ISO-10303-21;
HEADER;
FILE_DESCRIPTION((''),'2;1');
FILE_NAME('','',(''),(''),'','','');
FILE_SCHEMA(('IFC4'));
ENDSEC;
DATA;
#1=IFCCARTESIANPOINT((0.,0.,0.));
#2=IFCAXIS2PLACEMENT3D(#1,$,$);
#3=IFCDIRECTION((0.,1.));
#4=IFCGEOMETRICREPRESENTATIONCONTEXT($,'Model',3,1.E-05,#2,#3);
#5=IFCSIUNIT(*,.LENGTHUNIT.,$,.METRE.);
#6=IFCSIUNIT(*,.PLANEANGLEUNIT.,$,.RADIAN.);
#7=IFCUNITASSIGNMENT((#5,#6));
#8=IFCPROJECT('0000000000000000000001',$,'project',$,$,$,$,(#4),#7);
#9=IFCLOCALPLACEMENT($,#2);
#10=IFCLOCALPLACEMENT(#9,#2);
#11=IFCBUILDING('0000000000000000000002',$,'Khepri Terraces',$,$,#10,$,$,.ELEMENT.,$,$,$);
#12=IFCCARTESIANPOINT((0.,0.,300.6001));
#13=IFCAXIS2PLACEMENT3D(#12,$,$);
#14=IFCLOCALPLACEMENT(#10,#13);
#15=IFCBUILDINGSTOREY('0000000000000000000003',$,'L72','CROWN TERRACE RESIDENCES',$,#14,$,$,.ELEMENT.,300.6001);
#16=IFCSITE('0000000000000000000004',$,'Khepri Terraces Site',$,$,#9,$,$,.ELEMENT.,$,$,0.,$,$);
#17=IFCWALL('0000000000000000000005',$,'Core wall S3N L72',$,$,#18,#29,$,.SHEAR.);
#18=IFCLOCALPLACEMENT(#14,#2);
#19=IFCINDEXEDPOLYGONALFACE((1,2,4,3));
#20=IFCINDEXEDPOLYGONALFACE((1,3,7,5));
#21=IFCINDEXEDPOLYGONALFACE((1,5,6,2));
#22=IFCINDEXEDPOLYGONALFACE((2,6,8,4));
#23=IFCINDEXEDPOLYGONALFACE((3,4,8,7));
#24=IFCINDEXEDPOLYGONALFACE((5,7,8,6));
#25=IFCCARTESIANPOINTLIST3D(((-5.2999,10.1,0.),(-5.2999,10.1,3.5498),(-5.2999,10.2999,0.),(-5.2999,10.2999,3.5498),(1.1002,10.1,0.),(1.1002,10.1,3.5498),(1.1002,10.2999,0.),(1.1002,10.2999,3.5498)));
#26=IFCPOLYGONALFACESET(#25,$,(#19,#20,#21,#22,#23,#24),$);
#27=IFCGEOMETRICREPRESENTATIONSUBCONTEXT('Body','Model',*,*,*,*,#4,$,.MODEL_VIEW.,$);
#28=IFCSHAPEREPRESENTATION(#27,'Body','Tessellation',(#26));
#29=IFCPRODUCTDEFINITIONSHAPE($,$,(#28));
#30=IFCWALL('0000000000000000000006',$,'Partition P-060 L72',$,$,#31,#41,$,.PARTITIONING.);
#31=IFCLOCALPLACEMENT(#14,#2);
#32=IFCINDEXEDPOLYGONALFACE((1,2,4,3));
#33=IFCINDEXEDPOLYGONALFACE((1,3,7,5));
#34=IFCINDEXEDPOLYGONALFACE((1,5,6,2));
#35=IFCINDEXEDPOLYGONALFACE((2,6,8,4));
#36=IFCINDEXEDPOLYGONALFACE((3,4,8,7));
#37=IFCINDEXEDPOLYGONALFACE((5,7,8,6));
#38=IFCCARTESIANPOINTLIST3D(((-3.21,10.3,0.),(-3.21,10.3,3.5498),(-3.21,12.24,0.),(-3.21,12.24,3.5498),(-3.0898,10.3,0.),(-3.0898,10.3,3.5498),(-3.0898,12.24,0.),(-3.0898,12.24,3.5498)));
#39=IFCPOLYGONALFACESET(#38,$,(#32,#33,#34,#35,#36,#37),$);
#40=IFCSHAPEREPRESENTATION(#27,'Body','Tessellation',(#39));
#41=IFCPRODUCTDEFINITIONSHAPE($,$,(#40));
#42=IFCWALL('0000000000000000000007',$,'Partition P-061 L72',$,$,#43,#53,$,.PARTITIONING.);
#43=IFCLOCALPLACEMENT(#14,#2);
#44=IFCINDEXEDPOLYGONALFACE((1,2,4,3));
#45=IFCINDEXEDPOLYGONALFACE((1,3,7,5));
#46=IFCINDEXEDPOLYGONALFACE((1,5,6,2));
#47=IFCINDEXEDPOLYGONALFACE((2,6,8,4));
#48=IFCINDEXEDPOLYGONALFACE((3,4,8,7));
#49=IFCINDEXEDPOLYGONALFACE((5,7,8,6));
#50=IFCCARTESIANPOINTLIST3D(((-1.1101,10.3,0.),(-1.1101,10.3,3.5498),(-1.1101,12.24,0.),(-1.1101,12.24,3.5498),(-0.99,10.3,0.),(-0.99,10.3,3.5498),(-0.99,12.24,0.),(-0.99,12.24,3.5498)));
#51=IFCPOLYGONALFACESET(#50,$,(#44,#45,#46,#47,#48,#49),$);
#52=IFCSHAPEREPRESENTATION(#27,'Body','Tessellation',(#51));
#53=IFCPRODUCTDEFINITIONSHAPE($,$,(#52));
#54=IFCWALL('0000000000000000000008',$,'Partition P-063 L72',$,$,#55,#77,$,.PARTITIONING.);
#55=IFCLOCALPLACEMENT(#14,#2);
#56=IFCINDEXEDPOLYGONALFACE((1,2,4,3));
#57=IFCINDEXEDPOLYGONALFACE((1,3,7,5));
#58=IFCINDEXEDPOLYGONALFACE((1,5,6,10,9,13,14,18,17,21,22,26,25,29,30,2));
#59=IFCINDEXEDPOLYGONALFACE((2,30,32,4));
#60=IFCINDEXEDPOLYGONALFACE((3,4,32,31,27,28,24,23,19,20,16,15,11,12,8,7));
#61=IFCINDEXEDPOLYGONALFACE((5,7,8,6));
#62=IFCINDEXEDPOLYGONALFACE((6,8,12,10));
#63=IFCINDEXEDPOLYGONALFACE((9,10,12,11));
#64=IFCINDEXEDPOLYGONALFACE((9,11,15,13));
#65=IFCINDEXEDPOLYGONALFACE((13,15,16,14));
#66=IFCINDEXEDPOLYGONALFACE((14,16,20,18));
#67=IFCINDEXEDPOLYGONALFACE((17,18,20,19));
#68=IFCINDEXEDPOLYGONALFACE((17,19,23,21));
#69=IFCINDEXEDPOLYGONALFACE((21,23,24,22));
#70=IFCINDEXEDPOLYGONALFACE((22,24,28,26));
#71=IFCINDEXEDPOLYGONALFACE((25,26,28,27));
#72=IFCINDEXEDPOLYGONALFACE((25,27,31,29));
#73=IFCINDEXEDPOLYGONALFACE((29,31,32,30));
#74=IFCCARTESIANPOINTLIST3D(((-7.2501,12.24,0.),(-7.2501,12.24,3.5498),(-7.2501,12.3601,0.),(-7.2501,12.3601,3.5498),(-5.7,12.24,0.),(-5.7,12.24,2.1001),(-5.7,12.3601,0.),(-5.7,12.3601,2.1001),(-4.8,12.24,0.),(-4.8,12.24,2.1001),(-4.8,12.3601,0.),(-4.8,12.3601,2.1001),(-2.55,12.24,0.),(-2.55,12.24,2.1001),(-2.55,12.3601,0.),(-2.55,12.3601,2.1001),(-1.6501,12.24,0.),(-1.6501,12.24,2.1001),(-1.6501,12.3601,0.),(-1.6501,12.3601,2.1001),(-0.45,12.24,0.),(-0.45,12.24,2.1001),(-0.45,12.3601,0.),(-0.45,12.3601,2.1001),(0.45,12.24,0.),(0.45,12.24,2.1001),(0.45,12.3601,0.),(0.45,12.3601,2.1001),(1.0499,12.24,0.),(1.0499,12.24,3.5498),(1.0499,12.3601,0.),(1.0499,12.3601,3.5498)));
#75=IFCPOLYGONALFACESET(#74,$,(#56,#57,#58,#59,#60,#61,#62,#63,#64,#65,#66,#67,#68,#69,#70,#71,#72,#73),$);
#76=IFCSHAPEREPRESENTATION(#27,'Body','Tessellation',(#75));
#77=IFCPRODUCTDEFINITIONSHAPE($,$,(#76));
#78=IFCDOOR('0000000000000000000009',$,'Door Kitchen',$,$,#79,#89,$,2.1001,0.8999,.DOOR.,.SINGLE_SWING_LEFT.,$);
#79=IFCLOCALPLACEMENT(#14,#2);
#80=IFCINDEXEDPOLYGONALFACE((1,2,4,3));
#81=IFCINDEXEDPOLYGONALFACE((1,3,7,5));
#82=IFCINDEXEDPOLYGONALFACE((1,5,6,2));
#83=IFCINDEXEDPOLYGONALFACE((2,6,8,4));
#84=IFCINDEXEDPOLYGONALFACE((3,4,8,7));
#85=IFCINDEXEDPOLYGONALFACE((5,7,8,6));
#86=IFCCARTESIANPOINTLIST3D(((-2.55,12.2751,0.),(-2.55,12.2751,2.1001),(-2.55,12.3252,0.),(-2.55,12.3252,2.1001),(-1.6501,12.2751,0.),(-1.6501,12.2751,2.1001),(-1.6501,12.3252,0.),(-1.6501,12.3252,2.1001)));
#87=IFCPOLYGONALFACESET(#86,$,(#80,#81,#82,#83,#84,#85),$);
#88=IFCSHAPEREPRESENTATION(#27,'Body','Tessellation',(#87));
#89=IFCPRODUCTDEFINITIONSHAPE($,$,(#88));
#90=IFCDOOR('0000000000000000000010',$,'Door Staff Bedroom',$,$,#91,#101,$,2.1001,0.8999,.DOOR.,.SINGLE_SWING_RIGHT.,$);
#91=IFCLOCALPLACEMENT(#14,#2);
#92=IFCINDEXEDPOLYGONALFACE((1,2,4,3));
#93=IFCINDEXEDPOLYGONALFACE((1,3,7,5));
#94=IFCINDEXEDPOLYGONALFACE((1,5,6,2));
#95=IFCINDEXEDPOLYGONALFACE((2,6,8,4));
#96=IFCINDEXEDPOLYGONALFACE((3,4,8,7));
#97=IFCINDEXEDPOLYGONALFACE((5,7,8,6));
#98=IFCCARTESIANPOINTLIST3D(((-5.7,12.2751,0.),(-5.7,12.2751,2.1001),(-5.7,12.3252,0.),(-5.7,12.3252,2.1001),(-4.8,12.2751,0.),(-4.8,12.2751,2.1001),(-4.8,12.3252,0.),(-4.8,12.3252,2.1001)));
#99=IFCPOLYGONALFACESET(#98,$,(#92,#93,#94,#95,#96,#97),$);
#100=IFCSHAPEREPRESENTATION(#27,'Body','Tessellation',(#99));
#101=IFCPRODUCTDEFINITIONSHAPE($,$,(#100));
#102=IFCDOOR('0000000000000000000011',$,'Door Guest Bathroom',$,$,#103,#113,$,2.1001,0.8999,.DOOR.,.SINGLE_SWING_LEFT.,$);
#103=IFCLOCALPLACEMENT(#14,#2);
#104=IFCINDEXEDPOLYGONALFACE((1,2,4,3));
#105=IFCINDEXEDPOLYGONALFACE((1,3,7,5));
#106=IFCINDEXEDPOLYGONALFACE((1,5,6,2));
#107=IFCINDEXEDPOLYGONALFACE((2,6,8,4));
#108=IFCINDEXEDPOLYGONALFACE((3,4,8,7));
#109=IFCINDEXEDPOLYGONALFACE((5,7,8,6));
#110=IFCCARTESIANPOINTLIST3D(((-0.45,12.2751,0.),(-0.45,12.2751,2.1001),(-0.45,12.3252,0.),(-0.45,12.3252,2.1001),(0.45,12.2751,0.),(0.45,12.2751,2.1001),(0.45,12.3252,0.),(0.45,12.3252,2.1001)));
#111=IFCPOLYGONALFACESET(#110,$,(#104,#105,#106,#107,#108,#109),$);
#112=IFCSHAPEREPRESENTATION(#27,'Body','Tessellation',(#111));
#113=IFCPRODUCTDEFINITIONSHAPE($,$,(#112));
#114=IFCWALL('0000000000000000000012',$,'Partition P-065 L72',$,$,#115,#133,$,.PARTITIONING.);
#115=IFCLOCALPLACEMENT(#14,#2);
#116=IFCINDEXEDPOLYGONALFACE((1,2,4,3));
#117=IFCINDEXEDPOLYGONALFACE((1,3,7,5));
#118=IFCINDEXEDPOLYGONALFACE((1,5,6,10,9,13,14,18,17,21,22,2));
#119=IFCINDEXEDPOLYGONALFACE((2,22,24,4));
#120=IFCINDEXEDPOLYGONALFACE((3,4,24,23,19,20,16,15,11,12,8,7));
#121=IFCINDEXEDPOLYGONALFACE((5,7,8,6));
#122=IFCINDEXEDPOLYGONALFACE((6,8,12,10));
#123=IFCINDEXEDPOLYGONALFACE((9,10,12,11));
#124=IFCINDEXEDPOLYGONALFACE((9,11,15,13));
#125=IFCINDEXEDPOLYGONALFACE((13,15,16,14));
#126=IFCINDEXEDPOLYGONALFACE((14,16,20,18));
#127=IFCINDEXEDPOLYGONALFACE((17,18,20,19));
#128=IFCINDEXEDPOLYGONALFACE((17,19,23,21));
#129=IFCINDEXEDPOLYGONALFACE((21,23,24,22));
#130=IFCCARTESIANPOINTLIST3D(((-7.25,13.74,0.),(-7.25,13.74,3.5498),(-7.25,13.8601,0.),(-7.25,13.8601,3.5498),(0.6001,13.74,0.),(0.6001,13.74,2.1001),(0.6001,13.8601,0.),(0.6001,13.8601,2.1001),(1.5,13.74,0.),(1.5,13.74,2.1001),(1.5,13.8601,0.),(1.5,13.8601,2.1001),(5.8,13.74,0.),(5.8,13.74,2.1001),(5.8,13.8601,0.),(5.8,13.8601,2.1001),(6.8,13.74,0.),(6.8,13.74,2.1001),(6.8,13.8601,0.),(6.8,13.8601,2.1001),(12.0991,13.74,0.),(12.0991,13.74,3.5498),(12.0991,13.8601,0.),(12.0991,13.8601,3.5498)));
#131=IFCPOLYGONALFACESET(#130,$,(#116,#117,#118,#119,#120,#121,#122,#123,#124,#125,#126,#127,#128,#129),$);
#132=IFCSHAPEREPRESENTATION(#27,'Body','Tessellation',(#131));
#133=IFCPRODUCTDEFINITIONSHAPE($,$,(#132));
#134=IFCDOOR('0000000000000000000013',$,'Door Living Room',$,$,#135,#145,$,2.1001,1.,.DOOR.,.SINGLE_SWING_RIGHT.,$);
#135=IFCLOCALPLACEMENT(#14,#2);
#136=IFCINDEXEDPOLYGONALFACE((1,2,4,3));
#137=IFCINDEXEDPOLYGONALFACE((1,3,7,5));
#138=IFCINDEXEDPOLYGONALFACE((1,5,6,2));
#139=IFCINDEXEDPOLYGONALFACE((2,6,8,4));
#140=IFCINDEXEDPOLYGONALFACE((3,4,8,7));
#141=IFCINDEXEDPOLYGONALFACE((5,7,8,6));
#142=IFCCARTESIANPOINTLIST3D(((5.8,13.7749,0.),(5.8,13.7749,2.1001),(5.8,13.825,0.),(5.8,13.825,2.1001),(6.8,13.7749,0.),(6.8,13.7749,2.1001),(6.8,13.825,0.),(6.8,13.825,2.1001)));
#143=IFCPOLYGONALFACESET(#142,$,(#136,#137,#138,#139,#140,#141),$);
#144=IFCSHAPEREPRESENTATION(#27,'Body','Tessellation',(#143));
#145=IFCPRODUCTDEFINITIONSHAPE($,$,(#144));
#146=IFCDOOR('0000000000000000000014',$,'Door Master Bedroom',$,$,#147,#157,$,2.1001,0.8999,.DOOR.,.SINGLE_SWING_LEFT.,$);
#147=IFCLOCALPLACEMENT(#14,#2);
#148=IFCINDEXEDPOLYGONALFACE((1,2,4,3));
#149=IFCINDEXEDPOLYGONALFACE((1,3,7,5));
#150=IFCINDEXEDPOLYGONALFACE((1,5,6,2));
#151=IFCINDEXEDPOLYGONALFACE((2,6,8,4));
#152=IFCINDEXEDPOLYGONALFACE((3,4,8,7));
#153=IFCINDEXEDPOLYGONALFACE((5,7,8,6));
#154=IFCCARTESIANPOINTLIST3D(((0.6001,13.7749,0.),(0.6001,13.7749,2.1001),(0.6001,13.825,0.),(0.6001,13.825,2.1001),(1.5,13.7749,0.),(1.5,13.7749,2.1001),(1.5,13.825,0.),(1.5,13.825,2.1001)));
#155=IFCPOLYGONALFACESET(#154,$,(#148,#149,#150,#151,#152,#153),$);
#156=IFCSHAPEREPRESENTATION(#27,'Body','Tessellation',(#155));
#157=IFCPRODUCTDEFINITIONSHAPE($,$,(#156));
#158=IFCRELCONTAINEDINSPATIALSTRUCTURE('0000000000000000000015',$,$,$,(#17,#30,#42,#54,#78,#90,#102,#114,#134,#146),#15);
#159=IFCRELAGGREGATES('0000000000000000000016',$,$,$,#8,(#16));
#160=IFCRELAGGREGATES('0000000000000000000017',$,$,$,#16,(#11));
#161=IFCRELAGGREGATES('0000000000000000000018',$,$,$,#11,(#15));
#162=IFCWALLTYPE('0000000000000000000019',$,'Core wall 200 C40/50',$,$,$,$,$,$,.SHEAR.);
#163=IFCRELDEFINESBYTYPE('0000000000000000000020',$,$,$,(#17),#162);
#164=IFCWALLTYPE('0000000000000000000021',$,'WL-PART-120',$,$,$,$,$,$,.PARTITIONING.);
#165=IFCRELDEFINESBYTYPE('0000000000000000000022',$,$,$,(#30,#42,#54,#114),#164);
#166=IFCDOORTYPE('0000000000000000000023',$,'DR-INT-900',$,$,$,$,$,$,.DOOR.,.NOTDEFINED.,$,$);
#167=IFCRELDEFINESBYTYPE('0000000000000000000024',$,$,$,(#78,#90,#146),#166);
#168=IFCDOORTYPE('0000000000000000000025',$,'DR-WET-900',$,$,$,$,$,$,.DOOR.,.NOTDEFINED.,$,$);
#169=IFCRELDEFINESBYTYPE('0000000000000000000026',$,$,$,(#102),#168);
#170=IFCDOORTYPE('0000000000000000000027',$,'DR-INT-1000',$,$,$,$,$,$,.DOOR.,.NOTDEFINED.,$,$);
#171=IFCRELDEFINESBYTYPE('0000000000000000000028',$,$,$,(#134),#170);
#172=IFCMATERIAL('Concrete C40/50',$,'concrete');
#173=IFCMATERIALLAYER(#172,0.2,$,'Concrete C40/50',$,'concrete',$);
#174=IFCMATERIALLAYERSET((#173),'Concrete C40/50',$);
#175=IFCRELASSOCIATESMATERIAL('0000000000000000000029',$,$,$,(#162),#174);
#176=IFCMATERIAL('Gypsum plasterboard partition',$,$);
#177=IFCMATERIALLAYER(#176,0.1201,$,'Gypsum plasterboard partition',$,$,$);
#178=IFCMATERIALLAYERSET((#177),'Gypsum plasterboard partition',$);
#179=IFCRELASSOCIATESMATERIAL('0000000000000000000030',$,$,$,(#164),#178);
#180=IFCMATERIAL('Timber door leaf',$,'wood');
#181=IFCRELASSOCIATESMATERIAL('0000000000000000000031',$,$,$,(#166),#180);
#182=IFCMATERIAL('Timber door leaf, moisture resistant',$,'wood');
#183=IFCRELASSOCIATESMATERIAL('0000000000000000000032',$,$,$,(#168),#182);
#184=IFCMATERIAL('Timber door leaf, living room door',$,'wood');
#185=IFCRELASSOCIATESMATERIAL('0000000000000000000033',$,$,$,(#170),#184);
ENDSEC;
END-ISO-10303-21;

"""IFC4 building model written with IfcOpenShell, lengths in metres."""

from ifc_helpers import new_model, si_unit, direction, frame, frame_2d, origin, place, context, subcontext, project, spatial, rectangle, extrude, material, layer, layer_set, type_object, element, fill, save


model = new_model("IFC4")

# Units and contexts
model_context = context("Model", 3, precision=1e-05, world=origin(), true_north=direction((0.0, 1.0)))
body_context = subcontext(model_context, "Body", "Model", "MODEL_VIEW")
ifc_project = project(units=[si_unit("LENGTHUNIT", "METRE"), si_unit("PLANEANGLEUNIT", "RADIAN")], contexts=[model_context])

# Site, building, storey
site_placement = place(None, origin())
site = spatial("IfcSite", under=ifc_project, at=site_placement, Name="Khepri Terraces Site", CompositionType="ELEMENT", RefElevation=0.0)
building_placement = place(site_placement, origin())
building = spatial("IfcBuilding", under=site, at=building_placement, Name="Khepri Terraces", CompositionType="ELEMENT")
storey_placement = place(building_placement, frame((0.0, 0.0, 300.6001)))
storey = spatial("IfcBuildingStorey", under=building, at=storey_placement, Name="L72", Description="CROWN TERRACE RESIDENCES", CompositionType="ELEMENT", Elevation=300.6001)

# Walls
ifc_material_1 = material(Name="Concrete C40/50", Category="concrete")
ifc_layer_1 = layer(ifc_material_1, 0.2, Name="Concrete C40/50", Category="concrete")
ifc_layer_set_1 = layer_set([ifc_layer_1], Name="Concrete C40/50")
wall_type_1 = type_object("IfcWallType", Name="Core wall 200 C40/50", PredefinedType="SHEAR", material=ifc_layer_set_1)
wall_1_placement = place(storey_placement, frame((-5.3, 10.2, 0.0), z_axis=(0.0, 0.0, 1.0), x_axis=(1.0, 0.0, 0.0)))
element("IfcWall", 1, at=wall_1_placement, inside=storey, type_object=wall_type_1, Name="Core wall S3N L72", PredefinedType="SHEAR", context=body_context, shape_type="SweptSolid", body=[
    extrude(rectangle(XDim=6.4001, YDim=0.2, at=frame_2d((3.2002, 0.0))), origin(), (0.0, 0.0, 1.0), 3.5498),
])
ifc_material_2 = material(Name="Gypsum plasterboard partition")
ifc_layer_2 = layer(ifc_material_2, 0.1201, Name="Gypsum plasterboard partition")
ifc_layer_set_2 = layer_set([ifc_layer_2], Name="Gypsum plasterboard partition")
wall_type_2 = type_object("IfcWallType", Name="WL-PART-120", PredefinedType="PARTITIONING", material=ifc_layer_set_2)
for number, where, z_axis, x_axis, name in (
    (2, (-3.1499, 10.3, 0.0), (0.0, 0.0, 1.0), (0.0, 1.0, 0.0), "Partition P-060 L72"),
    (3, (-1.05, 10.3, 0.0), (0.0, 0.0, 1.0), (0.0, 1.0, 0.0), "Partition P-061 L72"),
):
    element("IfcWall", number, at=place(storey_placement, frame(where, z_axis=z_axis, x_axis=x_axis)), inside=storey, type_object=wall_type_2, Name=name, PredefinedType="PARTITIONING", context=body_context, shape_type="SweptSolid", body=[
        extrude(rectangle(XDim=1.9399, YDim=0.1201, at=frame_2d((0.97, 0.0))), origin(), (0.0, 0.0, 1.0), 3.5498),
    ])

# Walls, openings, doors
wall_2_placement = place(storey_placement, frame((-7.25, 12.3, 0.0), z_axis=(0.0, 0.0, 1.0), x_axis=(1.0, 0.0, 0.0)))
wall_2 = element("IfcWall", 4, at=wall_2_placement, inside=storey, type_object=wall_type_2, Name="Partition P-063 L72", PredefinedType="PARTITIONING", context=body_context, shape_type="SweptSolid", body=[
    extrude(rectangle(XDim=8.3, YDim=0.1201, at=frame_2d((4.1499, 0.0))), origin(), (0.0, 0.0, 1.0), 3.5498),
])
opening_1_placement = place(wall_2_placement, frame((6.8, 0.0, 0.0)))
opening_1 = element("IfcOpeningElement", 5, at=opening_1_placement, cuts=wall_2, PredefinedType="OPENING", context=body_context, shape_type="SweptSolid", body=[
    extrude(rectangle(XDim=0.8999, YDim=2.1001, at=frame_2d((0.45, 1.05))), frame((0.0, 0.0701, 0.0), z_axis=(0.0, -1.0, 0.0), x_axis=(1.0, 0.0, 0.0)), (0.0, 0.0, 1.0), 0.1401),
])
opening_2_placement = place(wall_2_placement, frame((4.7, 0.0, 0.0)))
opening_2 = element("IfcOpeningElement", 6, at=opening_2_placement, cuts=wall_2, PredefinedType="OPENING", context=body_context, shape_type="SweptSolid", body=[
    extrude(rectangle(XDim=0.8999, YDim=2.1001, at=frame_2d((0.45, 1.05))), frame((0.0, 0.0701, 0.0), z_axis=(0.0, -1.0, 0.0), x_axis=(1.0, 0.0, 0.0)), (0.0, 0.0, 1.0), 0.1401),
])
opening_3_placement = place(wall_2_placement, frame((1.55, 0.0, 0.0)))
opening_3 = element("IfcOpeningElement", 7, at=opening_3_placement, cuts=wall_2, PredefinedType="OPENING", context=body_context, shape_type="SweptSolid", body=[
    extrude(rectangle(XDim=0.8999, YDim=2.1001, at=frame_2d((0.45, 1.05))), frame((0.0, 0.0701, 0.0), z_axis=(0.0, -1.0, 0.0), x_axis=(1.0, 0.0, 0.0)), (0.0, 0.0, 1.0), 0.1401),
])
ifc_material_3 = material(Name="Timber door leaf", Category="wood")
door_type_1 = type_object("IfcDoorType", Name="DR-INT-900", OperationType="NOTDEFINED", PredefinedType="DOOR", material=ifc_material_3)
door_1_placement = place(opening_2_placement, frame((0.8999, 0.0, 0.0), z_axis=(0.0, 0.0, 1.0), x_axis=(-1.0, 0.0, 0.0)))
door_1 = element("IfcDoor", 8, at=door_1_placement, inside=storey, type_object=door_type_1, Name="Door Kitchen", OperationType="SINGLE_SWING_LEFT", OverallHeight=2.1001, OverallWidth=0.8999, PredefinedType="DOOR", context=body_context, shape_type="SweptSolid", body=[
    extrude(rectangle(XDim=0.8999, YDim=2.1001, at=frame_2d((0.45, 1.05))), frame((0.0, 0.0249, 0.0), z_axis=(0.0, -1.0, 0.0), x_axis=(1.0, 0.0, 0.0)), (0.0, 0.0, 1.0), 0.05),
])
fill(opening_2, door_1)
door_2_placement = place(opening_3_placement, frame((0.8999, 0.0, 0.0), z_axis=(0.0, 0.0, 1.0), x_axis=(-1.0, 0.0, 0.0)))
door_2 = element("IfcDoor", 9, at=door_2_placement, inside=storey, type_object=door_type_1, Name="Door Staff Bedroom", OperationType="SINGLE_SWING_RIGHT", OverallHeight=2.1001, OverallWidth=0.8999, PredefinedType="DOOR", context=body_context, shape_type="SweptSolid", body=[
    extrude(rectangle(XDim=0.8999, YDim=2.1001, at=frame_2d((0.45, 1.05))), frame((0.0, 0.0249, 0.0), z_axis=(0.0, -1.0, 0.0), x_axis=(1.0, 0.0, 0.0)), (0.0, 0.0, 1.0), 0.05),
])
fill(opening_3, door_2)
ifc_material_4 = material(Name="Timber door leaf, moisture resistant", Category="wood")
door_type_2 = type_object("IfcDoorType", Name="DR-WET-900", OperationType="NOTDEFINED", PredefinedType="DOOR", material=ifc_material_4)
door_3_placement = place(opening_1_placement, frame((0.8999, 0.0, 0.0), z_axis=(0.0, 0.0, 1.0), x_axis=(-1.0, 0.0, 0.0)))
door_3 = element("IfcDoor", 10, at=door_3_placement, inside=storey, type_object=door_type_2, Name="Door Guest Bathroom", OperationType="SINGLE_SWING_LEFT", OverallHeight=2.1001, OverallWidth=0.8999, PredefinedType="DOOR", context=body_context, shape_type="SweptSolid", body=[
    extrude(rectangle(XDim=0.8999, YDim=2.1001, at=frame_2d((0.45, 1.05))), frame((0.0, 0.0249, 0.0), z_axis=(0.0, -1.0, 0.0), x_axis=(1.0, 0.0, 0.0)), (0.0, 0.0, 1.0), 0.05),
])
fill(opening_1, door_3)
wall_3_placement = place(storey_placement, frame((-7.25, 13.8, 0.0), z_axis=(0.0, 0.0, 1.0), x_axis=(1.0, 0.0, 0.0)))
wall_3 = element("IfcWall", 11, at=wall_3_placement, inside=storey, type_object=wall_type_2, Name="Partition P-065 L72", PredefinedType="PARTITIONING", context=body_context, shape_type="SweptSolid", body=[
    extrude(rectangle(XDim=19.3491, YDim=0.1201, at=frame_2d((9.6746, 0.0))), origin(), (0.0, 0.0, 1.0), 3.5498),
])
opening_4_placement = place(wall_3_placement, frame((13.05, 0.0, 0.0)))
opening_4 = element("IfcOpeningElement", 12, at=opening_4_placement, cuts=wall_3, PredefinedType="OPENING", context=body_context, shape_type="SweptSolid", body=[
    extrude(rectangle(XDim=1.0, YDim=2.1001, at=frame_2d((0.5, 1.05))), frame((0.0, 0.0701, 0.0), z_axis=(0.0, -1.0, 0.0), x_axis=(1.0, 0.0, 0.0)), (0.0, 0.0, 1.0), 0.1401),
])
opening_5_placement = place(wall_3_placement, frame((7.8501, 0.0, 0.0)))
opening_5 = element("IfcOpeningElement", 13, at=opening_5_placement, cuts=wall_3, PredefinedType="OPENING", context=body_context, shape_type="SweptSolid", body=[
    extrude(rectangle(XDim=0.8999, YDim=2.1001, at=frame_2d((0.45, 1.05))), frame((0.0, 0.0701, 0.0), z_axis=(0.0, -1.0, 0.0), x_axis=(1.0, 0.0, 0.0)), (0.0, 0.0, 1.0), 0.1401),
])
ifc_material_5 = material(Name="Timber door leaf, living room door", Category="wood")
door_type_3 = type_object("IfcDoorType", Name="DR-INT-1000", OperationType="NOTDEFINED", PredefinedType="DOOR", material=ifc_material_5)
door_4_placement = place(opening_4_placement, origin())
door_4 = element("IfcDoor", 14, at=door_4_placement, inside=storey, type_object=door_type_3, Name="Door Living Room", OperationType="SINGLE_SWING_RIGHT", OverallHeight=2.1001, OverallWidth=1.0, PredefinedType="DOOR", context=body_context, shape_type="SweptSolid", body=[
    extrude(rectangle(XDim=1.0, YDim=2.1001, at=frame_2d((0.5, 1.05))), frame((0.0, 0.0249, 0.0), z_axis=(0.0, -1.0, 0.0), x_axis=(1.0, 0.0, 0.0)), (0.0, 0.0, 1.0), 0.05),
])
fill(opening_4, door_4)
door_5_placement = place(opening_5_placement, origin())
door_5 = element("IfcDoor", 15, at=door_5_placement, inside=storey, type_object=door_type_1, Name="Door Master Bedroom", OperationType="SINGLE_SWING_LEFT", OverallHeight=2.1001, OverallWidth=0.8999, PredefinedType="DOOR", context=body_context, shape_type="SweptSolid", body=[
    extrude(rectangle(XDim=0.8999, YDim=2.1001, at=frame_2d((0.45, 1.05))), frame((0.0, 0.0249, 0.0), z_axis=(0.0, -1.0, 0.0), x_axis=(1.0, 0.0, 0.0)), (0.0, 0.0, 1.0), 0.05),
])
fill(opening_5, door_5)

save(model, "model.ifc")
